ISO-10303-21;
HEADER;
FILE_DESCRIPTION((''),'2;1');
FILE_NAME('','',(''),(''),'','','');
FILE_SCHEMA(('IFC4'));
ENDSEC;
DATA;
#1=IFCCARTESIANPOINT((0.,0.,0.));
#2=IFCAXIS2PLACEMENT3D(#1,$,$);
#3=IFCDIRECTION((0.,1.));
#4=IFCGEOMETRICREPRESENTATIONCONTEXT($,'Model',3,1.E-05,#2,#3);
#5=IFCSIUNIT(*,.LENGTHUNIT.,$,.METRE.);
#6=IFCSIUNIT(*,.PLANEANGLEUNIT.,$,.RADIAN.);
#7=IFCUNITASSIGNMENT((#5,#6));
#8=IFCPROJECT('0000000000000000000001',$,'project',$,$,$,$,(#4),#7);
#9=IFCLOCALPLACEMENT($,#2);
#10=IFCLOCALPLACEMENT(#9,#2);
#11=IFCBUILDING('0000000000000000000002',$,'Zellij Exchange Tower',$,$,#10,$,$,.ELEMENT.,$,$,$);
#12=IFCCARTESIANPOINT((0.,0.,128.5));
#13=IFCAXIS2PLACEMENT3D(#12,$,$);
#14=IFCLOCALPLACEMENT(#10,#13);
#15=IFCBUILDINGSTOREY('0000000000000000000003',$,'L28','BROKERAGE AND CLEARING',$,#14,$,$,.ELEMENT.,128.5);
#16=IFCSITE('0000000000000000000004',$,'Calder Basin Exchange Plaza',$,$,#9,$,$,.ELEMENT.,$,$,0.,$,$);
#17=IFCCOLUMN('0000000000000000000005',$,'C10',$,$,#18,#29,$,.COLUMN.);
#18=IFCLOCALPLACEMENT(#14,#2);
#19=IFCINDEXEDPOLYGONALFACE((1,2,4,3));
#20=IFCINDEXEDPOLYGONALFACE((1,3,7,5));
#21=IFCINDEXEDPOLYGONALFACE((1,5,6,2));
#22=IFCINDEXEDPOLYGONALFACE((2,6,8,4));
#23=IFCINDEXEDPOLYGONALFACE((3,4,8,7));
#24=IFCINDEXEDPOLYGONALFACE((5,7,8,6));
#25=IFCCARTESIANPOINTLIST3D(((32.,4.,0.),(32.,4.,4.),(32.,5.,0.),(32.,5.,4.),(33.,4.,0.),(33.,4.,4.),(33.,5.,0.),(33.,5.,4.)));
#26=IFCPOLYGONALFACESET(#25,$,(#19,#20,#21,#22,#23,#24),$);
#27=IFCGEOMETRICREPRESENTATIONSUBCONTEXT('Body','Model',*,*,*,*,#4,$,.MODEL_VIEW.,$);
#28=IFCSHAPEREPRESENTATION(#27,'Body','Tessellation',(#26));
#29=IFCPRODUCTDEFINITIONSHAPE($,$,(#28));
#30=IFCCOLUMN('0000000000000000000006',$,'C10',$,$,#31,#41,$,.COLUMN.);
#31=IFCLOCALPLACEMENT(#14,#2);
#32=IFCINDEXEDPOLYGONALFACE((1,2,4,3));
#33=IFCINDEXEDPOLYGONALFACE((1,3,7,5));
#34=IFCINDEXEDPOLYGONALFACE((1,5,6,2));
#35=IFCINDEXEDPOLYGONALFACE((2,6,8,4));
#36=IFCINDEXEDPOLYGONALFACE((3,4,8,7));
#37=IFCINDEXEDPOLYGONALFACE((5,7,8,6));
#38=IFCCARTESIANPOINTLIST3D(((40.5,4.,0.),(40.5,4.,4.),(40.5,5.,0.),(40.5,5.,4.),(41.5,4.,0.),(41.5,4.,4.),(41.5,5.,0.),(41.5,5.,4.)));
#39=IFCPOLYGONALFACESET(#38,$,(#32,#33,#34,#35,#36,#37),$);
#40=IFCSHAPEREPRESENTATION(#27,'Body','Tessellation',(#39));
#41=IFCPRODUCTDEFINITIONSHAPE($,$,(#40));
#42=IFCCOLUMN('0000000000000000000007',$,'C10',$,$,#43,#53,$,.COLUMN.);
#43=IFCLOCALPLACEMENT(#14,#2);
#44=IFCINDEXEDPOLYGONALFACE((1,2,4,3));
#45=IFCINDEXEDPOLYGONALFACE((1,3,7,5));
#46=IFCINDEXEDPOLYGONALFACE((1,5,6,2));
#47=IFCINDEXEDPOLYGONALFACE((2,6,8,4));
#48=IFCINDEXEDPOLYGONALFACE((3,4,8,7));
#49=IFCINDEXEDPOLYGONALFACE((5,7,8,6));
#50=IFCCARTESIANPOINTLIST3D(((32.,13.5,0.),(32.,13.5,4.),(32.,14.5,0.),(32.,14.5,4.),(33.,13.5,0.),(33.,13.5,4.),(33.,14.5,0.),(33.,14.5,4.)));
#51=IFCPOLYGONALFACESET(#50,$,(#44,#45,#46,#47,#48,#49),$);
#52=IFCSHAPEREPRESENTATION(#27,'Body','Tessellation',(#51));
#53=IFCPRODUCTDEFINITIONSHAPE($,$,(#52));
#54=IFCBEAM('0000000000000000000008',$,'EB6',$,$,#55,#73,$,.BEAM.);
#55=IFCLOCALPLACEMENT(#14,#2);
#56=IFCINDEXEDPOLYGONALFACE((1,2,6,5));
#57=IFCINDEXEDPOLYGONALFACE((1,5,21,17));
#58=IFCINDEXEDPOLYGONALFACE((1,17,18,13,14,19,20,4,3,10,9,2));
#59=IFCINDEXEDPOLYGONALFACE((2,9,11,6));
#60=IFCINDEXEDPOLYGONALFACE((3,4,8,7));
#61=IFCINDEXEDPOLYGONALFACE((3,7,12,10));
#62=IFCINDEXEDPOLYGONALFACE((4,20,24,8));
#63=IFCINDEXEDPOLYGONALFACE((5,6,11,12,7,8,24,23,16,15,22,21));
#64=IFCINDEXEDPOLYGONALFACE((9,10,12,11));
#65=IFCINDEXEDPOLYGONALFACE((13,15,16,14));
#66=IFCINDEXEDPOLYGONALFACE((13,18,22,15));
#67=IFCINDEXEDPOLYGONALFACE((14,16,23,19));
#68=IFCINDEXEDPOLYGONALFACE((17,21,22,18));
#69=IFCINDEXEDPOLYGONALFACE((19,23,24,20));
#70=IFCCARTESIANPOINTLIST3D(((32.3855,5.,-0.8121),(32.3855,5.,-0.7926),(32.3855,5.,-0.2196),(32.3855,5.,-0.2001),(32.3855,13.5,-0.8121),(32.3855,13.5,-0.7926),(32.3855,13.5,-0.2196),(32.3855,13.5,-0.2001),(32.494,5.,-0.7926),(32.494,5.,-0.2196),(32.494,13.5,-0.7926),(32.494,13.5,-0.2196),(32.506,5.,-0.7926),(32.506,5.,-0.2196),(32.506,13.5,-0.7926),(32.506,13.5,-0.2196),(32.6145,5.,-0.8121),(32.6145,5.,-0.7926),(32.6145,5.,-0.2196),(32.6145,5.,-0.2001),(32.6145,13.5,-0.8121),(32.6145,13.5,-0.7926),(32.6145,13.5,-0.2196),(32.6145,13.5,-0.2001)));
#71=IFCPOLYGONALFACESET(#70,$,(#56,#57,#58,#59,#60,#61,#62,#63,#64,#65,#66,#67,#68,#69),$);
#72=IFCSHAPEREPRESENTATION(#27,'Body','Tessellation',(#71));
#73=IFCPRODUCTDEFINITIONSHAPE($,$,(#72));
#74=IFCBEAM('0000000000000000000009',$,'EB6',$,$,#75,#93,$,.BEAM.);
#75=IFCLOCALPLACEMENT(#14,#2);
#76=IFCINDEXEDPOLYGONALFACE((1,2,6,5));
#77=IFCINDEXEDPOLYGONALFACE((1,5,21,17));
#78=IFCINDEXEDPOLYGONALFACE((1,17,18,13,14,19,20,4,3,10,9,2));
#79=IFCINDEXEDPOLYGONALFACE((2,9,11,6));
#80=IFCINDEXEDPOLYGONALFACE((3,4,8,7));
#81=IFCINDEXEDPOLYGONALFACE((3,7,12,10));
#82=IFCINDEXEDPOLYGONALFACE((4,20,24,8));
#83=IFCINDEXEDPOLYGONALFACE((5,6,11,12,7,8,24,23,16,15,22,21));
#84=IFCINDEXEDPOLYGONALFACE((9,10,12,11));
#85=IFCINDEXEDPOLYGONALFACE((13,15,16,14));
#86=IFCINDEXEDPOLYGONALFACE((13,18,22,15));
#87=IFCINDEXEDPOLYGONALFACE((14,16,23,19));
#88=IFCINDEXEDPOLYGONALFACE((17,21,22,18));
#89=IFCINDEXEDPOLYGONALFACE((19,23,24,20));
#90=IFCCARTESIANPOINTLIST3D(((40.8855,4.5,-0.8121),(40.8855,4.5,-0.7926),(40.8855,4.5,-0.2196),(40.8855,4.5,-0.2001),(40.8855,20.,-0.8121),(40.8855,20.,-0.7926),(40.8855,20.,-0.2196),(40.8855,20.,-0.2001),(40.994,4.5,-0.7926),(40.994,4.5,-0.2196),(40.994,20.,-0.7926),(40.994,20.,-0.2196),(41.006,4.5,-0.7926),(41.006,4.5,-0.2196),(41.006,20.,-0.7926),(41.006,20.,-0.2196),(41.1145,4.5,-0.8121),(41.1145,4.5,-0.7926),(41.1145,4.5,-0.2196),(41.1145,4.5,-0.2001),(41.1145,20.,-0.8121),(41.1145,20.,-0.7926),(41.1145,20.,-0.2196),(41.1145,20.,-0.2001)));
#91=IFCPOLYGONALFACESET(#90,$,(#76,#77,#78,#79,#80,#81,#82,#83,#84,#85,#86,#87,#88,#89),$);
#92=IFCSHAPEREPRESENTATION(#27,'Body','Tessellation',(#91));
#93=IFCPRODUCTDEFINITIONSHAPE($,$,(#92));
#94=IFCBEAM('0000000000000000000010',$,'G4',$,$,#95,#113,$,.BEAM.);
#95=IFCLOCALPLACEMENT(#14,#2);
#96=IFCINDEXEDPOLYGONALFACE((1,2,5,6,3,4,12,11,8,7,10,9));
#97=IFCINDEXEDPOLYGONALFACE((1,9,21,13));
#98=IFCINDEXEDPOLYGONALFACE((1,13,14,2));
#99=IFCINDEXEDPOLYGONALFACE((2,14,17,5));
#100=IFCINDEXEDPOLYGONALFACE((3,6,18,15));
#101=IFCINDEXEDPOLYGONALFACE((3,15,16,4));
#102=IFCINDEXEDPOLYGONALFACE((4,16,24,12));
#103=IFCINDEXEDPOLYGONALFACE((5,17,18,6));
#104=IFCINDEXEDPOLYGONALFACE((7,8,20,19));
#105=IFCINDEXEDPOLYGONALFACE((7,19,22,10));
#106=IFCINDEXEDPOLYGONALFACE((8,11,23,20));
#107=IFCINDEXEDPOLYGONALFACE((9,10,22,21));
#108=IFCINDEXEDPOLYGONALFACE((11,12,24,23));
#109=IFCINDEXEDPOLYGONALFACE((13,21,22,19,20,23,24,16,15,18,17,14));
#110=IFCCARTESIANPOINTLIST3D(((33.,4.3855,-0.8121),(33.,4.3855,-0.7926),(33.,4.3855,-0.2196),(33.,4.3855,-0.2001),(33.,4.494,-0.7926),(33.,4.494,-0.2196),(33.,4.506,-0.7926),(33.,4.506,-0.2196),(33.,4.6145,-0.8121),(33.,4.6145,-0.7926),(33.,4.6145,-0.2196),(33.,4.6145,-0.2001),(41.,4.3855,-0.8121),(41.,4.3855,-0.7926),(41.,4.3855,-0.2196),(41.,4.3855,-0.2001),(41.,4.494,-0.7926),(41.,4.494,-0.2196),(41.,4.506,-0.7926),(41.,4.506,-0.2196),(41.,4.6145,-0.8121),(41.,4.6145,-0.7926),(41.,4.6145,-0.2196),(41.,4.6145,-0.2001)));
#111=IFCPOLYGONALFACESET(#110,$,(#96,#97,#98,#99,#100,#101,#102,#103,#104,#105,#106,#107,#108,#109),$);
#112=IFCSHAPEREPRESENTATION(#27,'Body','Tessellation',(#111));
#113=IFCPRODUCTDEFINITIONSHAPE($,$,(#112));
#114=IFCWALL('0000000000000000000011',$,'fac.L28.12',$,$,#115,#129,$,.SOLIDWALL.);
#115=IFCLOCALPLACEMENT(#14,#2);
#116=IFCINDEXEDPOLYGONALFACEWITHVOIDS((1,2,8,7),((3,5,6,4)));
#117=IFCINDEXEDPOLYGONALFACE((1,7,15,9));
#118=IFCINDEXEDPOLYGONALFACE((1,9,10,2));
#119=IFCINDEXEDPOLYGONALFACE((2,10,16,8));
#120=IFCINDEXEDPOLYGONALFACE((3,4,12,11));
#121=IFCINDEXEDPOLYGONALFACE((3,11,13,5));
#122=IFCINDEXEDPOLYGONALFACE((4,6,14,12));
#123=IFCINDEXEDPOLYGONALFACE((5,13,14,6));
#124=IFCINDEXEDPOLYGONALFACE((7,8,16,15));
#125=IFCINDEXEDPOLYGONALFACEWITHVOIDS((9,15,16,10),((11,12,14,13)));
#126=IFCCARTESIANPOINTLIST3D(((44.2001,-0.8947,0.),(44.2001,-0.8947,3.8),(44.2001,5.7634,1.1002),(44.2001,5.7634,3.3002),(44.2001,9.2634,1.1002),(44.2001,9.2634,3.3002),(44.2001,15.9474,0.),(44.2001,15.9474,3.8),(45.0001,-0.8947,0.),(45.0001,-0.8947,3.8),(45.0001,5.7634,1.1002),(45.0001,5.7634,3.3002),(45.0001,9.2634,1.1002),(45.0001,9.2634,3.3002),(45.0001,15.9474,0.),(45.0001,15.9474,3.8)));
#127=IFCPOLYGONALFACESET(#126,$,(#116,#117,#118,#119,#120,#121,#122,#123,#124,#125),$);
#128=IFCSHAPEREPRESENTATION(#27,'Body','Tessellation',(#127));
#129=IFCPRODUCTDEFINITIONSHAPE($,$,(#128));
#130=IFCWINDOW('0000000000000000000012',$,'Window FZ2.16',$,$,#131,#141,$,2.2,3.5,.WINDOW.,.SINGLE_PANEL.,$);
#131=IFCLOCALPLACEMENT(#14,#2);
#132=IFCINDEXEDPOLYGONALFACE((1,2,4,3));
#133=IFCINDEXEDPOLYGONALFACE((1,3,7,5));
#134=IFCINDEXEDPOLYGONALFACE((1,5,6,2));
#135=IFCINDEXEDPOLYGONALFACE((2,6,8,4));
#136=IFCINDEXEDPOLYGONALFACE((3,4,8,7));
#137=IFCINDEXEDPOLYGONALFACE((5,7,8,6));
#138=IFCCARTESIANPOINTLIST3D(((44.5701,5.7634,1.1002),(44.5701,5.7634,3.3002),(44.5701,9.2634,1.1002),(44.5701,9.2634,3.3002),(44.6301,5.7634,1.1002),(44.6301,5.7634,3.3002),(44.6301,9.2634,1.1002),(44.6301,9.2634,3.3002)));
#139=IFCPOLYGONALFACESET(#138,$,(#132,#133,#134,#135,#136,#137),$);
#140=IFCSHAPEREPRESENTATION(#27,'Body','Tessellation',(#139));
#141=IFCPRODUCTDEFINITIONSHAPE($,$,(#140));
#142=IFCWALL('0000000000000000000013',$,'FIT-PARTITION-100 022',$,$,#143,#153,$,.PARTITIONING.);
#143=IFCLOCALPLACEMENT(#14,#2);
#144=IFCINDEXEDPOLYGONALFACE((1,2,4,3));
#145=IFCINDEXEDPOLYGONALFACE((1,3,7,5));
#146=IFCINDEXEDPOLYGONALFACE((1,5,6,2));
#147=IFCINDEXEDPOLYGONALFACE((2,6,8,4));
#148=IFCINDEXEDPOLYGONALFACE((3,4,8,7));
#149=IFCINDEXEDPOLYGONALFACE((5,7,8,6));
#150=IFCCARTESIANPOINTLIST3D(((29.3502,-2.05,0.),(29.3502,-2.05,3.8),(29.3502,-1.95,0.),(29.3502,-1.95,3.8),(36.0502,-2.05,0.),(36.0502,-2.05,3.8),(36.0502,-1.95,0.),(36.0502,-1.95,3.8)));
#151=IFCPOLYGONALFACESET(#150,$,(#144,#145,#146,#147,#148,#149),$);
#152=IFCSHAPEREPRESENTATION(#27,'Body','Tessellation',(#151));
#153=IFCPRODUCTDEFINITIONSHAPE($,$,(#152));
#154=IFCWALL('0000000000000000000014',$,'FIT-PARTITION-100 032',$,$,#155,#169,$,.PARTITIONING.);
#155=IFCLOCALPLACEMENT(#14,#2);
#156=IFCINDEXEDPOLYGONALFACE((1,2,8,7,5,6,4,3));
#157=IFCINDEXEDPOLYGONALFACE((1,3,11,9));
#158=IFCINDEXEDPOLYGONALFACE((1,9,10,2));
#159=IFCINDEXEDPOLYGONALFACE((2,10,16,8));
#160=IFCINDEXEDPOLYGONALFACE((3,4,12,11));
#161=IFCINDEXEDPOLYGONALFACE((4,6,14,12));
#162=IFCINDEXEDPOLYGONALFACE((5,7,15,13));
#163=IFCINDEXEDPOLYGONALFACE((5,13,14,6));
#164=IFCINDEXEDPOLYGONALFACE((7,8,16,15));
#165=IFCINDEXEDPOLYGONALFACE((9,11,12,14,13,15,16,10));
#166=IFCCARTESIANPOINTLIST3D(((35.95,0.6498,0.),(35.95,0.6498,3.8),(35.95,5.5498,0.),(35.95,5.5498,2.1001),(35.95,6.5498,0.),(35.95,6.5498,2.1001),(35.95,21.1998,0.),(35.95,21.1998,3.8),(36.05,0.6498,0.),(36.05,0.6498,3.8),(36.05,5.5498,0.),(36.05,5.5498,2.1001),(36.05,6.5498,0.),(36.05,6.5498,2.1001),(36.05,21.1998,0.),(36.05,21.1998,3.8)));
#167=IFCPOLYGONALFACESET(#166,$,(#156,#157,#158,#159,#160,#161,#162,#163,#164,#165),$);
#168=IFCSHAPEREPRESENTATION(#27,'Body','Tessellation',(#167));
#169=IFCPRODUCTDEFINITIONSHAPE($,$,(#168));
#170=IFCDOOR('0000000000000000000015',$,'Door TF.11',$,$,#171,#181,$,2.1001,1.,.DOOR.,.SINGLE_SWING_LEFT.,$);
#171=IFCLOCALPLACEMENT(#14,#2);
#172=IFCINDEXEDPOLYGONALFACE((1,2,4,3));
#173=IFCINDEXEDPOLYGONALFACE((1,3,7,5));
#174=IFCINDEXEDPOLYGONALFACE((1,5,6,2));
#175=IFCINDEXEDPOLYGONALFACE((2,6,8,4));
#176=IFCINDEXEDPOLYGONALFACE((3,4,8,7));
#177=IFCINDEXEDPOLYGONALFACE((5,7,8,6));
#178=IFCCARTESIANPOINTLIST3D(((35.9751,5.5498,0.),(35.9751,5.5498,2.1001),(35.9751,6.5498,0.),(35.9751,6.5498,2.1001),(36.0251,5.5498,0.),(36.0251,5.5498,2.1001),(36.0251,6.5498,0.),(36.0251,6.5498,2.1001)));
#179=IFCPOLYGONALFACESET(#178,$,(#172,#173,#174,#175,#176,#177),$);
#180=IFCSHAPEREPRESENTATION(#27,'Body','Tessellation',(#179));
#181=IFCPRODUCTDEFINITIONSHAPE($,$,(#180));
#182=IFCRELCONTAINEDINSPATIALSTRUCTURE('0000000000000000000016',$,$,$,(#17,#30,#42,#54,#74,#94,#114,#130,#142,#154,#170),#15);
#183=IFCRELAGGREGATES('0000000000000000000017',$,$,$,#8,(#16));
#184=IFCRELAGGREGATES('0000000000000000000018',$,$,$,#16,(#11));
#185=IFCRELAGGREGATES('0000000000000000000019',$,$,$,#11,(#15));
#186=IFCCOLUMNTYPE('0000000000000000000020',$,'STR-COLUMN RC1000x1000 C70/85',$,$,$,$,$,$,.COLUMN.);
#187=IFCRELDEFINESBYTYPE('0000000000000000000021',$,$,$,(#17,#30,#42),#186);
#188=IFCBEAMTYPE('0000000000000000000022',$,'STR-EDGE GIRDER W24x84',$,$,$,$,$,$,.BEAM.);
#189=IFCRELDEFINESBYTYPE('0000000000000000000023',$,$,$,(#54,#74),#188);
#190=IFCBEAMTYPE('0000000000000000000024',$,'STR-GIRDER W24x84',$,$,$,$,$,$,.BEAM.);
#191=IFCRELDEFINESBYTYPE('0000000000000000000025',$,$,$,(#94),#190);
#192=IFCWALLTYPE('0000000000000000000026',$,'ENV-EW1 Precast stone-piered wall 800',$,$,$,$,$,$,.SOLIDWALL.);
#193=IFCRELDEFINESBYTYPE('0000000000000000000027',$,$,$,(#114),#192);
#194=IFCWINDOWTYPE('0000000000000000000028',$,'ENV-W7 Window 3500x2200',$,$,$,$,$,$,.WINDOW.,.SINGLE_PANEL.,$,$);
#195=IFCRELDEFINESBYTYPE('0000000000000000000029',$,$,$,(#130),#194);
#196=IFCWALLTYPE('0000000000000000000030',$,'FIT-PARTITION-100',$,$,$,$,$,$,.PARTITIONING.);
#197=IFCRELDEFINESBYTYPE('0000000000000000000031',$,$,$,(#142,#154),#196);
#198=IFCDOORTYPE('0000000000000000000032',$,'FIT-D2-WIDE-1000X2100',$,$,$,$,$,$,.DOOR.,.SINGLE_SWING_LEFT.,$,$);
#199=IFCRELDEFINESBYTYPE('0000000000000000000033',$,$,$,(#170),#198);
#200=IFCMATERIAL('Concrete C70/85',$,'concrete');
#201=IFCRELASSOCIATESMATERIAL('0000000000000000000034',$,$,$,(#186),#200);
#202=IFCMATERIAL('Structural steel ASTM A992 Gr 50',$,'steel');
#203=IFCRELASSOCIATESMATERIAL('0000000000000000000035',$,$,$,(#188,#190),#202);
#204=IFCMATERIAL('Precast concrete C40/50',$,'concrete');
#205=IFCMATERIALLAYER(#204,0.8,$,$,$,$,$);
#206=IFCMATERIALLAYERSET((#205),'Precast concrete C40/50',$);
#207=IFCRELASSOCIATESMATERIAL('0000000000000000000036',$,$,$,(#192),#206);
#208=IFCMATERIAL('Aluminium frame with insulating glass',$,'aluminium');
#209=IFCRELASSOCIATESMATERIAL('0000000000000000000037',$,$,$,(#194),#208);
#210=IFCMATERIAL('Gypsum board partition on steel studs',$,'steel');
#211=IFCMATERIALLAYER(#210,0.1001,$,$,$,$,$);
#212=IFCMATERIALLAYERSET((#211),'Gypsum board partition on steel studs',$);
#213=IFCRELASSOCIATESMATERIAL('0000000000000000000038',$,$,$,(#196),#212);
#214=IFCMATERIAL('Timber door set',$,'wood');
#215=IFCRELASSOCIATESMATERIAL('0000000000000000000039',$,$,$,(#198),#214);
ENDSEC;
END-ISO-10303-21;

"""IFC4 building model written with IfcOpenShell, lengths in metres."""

from ifc_helpers import new_model, si_unit, direction, frame, frame_2d, origin, origin_2d, place, context, subcontext, project, spatial, rectangle, i_section, extrude, material, layer, layer_set, material_profile, profile_set, type_object, element, fill, save


model = new_model("IFC4")

# Units and contexts
model_context = context("Model", 3, precision=1e-05, world=origin(), true_north=direction((0.0, 1.0)))
body_context = subcontext(model_context, "Body", "Model", "MODEL_VIEW")
ifc_project = project(units=[si_unit("LENGTHUNIT", "METRE"), si_unit("PLANEANGLEUNIT", "RADIAN")], contexts=[model_context])

# Site, building, storey
site_placement = place(None, origin())
site = spatial("IfcSite", under=ifc_project, at=site_placement, Name="Calder Basin Exchange Plaza", CompositionType="ELEMENT", RefElevation=0.0)
building_placement = place(site_placement, origin())
building = spatial("IfcBuilding", under=site, at=building_placement, Name="Zellij Exchange Tower", CompositionType="ELEMENT")
storey_placement = place(building_placement, frame((0.0, 0.0, 128.5)))
storey = spatial("IfcBuildingStorey", under=building, at=storey_placement, Name="L28", Description="BROKERAGE AND CLEARING", CompositionType="ELEMENT", Elevation=128.5)

# Columns
ifc_material_1 = material(Name="Concrete C70/85", Category="concrete")
ifc_material_profile_1 = material_profile(ifc_material_1, rectangle(XDim=1.0, YDim=1.0, at=origin_2d()), Name="STR-COLUMN RC1000x1000 C70/85")
ifc_profile_set_1 = profile_set([ifc_material_profile_1], Name="Concrete C70/85")
column_type = type_object("IfcColumnType", Name="STR-COLUMN RC1000x1000 C70/85", PredefinedType="COLUMN", material=ifc_profile_set_1)
for number, where, z_axis, x_axis, name in (
    (1, (32.5, 4.5, 0.0), (0.0, 0.0, 1.0), (1.0, 0.0, 0.0), "C10"),
    (2, (41.0, 4.5, 0.0), (0.0, 0.0, 1.0), (1.0, 0.0, 0.0), "C10"),
    (3, (32.5, 14.0, 0.0), (0.0, 0.0, 1.0), (1.0, 0.0, 0.0), "C10"),
):
    element("IfcColumn", number, at=place(storey_placement, frame(where, z_axis=z_axis, x_axis=x_axis)), inside=storey, type_object=column_type, Name=name, PredefinedType="COLUMN", context=body_context, shape_type="SweptSolid", body=[
        extrude(rectangle(XDim=1.0, YDim=1.0, at=origin_2d()), origin(), (0.0, 0.0, 1.0), 4.0),
    ])

# Beams
ifc_material_2 = material(Name="Structural steel ASTM A992 Gr 50", Category="steel")
ifc_material_profile_2 = material_profile(ifc_material_2, i_section(OverallWidth=0.229, OverallDepth=0.6121, WebThickness=0.012, FlangeThickness=0.0195, at=origin_2d()), Name="W24x84")
ifc_profile_set_2 = profile_set([ifc_material_profile_2], Name="Structural steel ASTM A992 Gr 50")
beam_type_1 = type_object("IfcBeamType", Name="STR-EDGE GIRDER W24x84", PredefinedType="BEAM", material=ifc_profile_set_2)
beam_1_placement = place(storey_placement, frame((32.5, 5.0, -0.5061), z_axis=(0.0, 1.0, 0.0), x_axis=(-1.0, 0.0, 0.0)))
element("IfcBeam", 4, at=beam_1_placement, inside=storey, type_object=beam_type_1, Name="EB6", PredefinedType="BEAM", context=body_context, shape_type="SweptSolid", body=[
    extrude(i_section(OverallWidth=0.229, OverallDepth=0.6121, WebThickness=0.012, FlangeThickness=0.0195, at=origin_2d()), origin(), (0.0, 0.0, 1.0), 8.5),
])
beam_2_placement = place(storey_placement, frame((41.0, 4.5, -0.5061), z_axis=(0.0, 1.0, 0.0), x_axis=(-1.0, 0.0, 0.0)))
element("IfcBeam", 5, at=beam_2_placement, inside=storey, type_object=beam_type_1, Name="EB6", PredefinedType="BEAM", context=body_context, shape_type="SweptSolid", body=[
    extrude(i_section(OverallWidth=0.229, OverallDepth=0.6121, WebThickness=0.012, FlangeThickness=0.0195, at=origin_2d()), origin(), (0.0, 0.0, 1.0), 15.5),
])
ifc_material_profile_3 = material_profile(ifc_material_2, i_section(OverallWidth=0.229, OverallDepth=0.6121, WebThickness=0.012, FlangeThickness=0.0195, at=origin_2d()), Name="W24x84")
ifc_profile_set_3 = profile_set([ifc_material_profile_3], Name="Structural steel ASTM A992 Gr 50")
beam_type_2 = type_object("IfcBeamType", Name="STR-GIRDER W24x84", PredefinedType="BEAM", material=ifc_profile_set_3)
beam_3_placement = place(storey_placement, frame((33.0, 4.5, -0.5061), z_axis=(1.0, 0.0, 0.0), x_axis=(0.0, 1.0, 0.0)))
element("IfcBeam", 6, at=beam_3_placement, inside=storey, type_object=beam_type_2, Name="G4", PredefinedType="BEAM", context=body_context, shape_type="SweptSolid", body=[
    extrude(i_section(OverallWidth=0.229, OverallDepth=0.6121, WebThickness=0.012, FlangeThickness=0.0195, at=origin_2d()), origin(), (0.0, 0.0, 1.0), 8.0),
])

# Wall, opening, window
ifc_material_3 = material(Name="Precast concrete C40/50", Category="concrete")
ifc_layer_1 = layer(ifc_material_3, 0.8)
ifc_layer_set_1 = layer_set([ifc_layer_1], Name="Precast concrete C40/50")
wall_type_1 = type_object("IfcWallType", Name="ENV-EW1 Precast stone-piered wall 800", PredefinedType="SOLIDWALL", material=ifc_layer_set_1)
wall_1_placement = place(storey_placement, frame((44.6001, -0.8945, 0.0), z_axis=(0.0, 0.0, 1.0), x_axis=(0.0, 1.0, 0.0)))
wall_1 = element("IfcWall", 7, at=wall_1_placement, inside=storey, type_object=wall_type_1, Name="fac.L28.12", PredefinedType="SOLIDWALL", context=body_context, shape_type="SweptSolid", body=[
    extrude(rectangle(XDim=16.842, YDim=0.8, at=frame_2d((8.4209, 0.0))), origin(), (0.0, 0.0, 1.0), 3.8),
])
opening_1_placement = place(wall_1_placement, frame((6.658, 0.0, 1.1001)))
opening_1 = element("IfcOpeningElement", 8, at=opening_1_placement, cuts=wall_1, PredefinedType="OPENING", context=body_context, shape_type="SweptSolid", body=[
    extrude(rectangle(XDim=3.5, YDim=2.2, at=frame_2d((1.75, 1.1001))), frame((0.0, 0.4121, 0.0), z_axis=(0.0, -1.0, 0.0), x_axis=(1.0, 0.0, 0.0)), (0.0, 0.0, 1.0), 0.824),
])
ifc_material_4 = material(Name="Aluminium frame with insulating glass", Category="aluminium")
window_type = type_object("IfcWindowType", Name="ENV-W7 Window 3500x2200", PartitioningType="SINGLE_PANEL", PredefinedType="WINDOW", material=ifc_material_4)
window_placement = place(opening_1_placement, origin())
window = element("IfcWindow", 9, at=window_placement, inside=storey, type_object=window_type, Name="Window FZ2.16", OverallHeight=2.2, OverallWidth=3.5, PartitioningType="SINGLE_PANEL", PredefinedType="WINDOW", context=body_context, shape_type="SweptSolid", body=[
    extrude(rectangle(XDim=3.5, YDim=2.2, at=frame_2d((1.75, 1.1001))), frame((0.0, 0.03, 0.0), z_axis=(0.0, -1.0, 0.0), x_axis=(1.0, 0.0, 0.0)), (0.0, 0.0, 1.0), 0.0601),
])
fill(opening_1, window)

# Wall
ifc_material_5 = material(Name="Gypsum board partition on steel studs", Category="steel")
ifc_layer_2 = layer(ifc_material_5, 0.1001)
ifc_layer_set_2 = layer_set([ifc_layer_2], Name="Gypsum board partition on steel studs")
wall_type_2 = type_object("IfcWallType", Name="FIT-PARTITION-100", PredefinedType="PARTITIONING", material=ifc_layer_set_2)
wall_2_placement = place(storey_placement, frame((29.3501, -2.0, 0.0), z_axis=(0.0, 0.0, 1.0), x_axis=(1.0, 0.0, 0.0)))
element("IfcWall", 10, at=wall_2_placement, inside=storey, type_object=wall_type_2, Name="FIT-PARTITION-100 022", PredefinedType="PARTITIONING", context=body_context, shape_type="SweptSolid", body=[
    extrude(rectangle(XDim=6.7, YDim=0.1001, at=frame_2d((3.3501, 0.0))), origin(), (0.0, 0.0, 1.0), 3.8),
])

# Wall, opening, door
wall_3_placement = place(storey_placement, frame((36.0, 0.6499, 0.0), z_axis=(0.0, 0.0, 1.0), x_axis=(0.0, 1.0, 0.0)))
wall_3 = element("IfcWall", 11, at=wall_3_placement, inside=storey, type_object=wall_type_2, Name="FIT-PARTITION-100 032", PredefinedType="PARTITIONING", context=body_context, shape_type="SweptSolid", body=[
    extrude(rectangle(XDim=20.55, YDim=0.1001, at=frame_2d((10.2749, 0.0))), origin(), (0.0, 0.0, 1.0), 3.8),
])
opening_2_placement = place(wall_3_placement, frame((4.8999, 0.0, 0.0)))
opening_2 = element("IfcOpeningElement", 12, at=opening_2_placement, cuts=wall_3, PredefinedType="OPENING", context=body_context, shape_type="SweptSolid", body=[
    extrude(rectangle(XDim=1.0, YDim=2.1001, at=frame_2d((0.5, 1.05))), frame((0.0, 0.062, 0.0), z_axis=(0.0, -1.0, 0.0), x_axis=(1.0, 0.0, 0.0)), (0.0, 0.0, 1.0), 0.124),
])
ifc_material_6 = material(Name="Timber door set", Category="wood")
door_type = type_object("IfcDoorType", Name="FIT-D2-WIDE-1000X2100", OperationType="SINGLE_SWING_LEFT", PredefinedType="DOOR", material=ifc_material_6)
door_placement = place(opening_2_placement, origin())
door = element("IfcDoor", 13, at=door_placement, inside=storey, type_object=door_type, Name="Door TF.11", OperationType="SINGLE_SWING_LEFT", OverallHeight=2.1001, OverallWidth=1.0, PredefinedType="DOOR", context=body_context, shape_type="SweptSolid", body=[
    extrude(rectangle(XDim=1.0, YDim=2.1001, at=frame_2d((0.5, 1.05))), frame((0.0, 0.0249, 0.0), z_axis=(0.0, -1.0, 0.0), x_axis=(1.0, 0.0, 0.0)), (0.0, 0.0, 1.0), 0.05),
])
fill(opening_2, door)

save(model, "model.ifc")
